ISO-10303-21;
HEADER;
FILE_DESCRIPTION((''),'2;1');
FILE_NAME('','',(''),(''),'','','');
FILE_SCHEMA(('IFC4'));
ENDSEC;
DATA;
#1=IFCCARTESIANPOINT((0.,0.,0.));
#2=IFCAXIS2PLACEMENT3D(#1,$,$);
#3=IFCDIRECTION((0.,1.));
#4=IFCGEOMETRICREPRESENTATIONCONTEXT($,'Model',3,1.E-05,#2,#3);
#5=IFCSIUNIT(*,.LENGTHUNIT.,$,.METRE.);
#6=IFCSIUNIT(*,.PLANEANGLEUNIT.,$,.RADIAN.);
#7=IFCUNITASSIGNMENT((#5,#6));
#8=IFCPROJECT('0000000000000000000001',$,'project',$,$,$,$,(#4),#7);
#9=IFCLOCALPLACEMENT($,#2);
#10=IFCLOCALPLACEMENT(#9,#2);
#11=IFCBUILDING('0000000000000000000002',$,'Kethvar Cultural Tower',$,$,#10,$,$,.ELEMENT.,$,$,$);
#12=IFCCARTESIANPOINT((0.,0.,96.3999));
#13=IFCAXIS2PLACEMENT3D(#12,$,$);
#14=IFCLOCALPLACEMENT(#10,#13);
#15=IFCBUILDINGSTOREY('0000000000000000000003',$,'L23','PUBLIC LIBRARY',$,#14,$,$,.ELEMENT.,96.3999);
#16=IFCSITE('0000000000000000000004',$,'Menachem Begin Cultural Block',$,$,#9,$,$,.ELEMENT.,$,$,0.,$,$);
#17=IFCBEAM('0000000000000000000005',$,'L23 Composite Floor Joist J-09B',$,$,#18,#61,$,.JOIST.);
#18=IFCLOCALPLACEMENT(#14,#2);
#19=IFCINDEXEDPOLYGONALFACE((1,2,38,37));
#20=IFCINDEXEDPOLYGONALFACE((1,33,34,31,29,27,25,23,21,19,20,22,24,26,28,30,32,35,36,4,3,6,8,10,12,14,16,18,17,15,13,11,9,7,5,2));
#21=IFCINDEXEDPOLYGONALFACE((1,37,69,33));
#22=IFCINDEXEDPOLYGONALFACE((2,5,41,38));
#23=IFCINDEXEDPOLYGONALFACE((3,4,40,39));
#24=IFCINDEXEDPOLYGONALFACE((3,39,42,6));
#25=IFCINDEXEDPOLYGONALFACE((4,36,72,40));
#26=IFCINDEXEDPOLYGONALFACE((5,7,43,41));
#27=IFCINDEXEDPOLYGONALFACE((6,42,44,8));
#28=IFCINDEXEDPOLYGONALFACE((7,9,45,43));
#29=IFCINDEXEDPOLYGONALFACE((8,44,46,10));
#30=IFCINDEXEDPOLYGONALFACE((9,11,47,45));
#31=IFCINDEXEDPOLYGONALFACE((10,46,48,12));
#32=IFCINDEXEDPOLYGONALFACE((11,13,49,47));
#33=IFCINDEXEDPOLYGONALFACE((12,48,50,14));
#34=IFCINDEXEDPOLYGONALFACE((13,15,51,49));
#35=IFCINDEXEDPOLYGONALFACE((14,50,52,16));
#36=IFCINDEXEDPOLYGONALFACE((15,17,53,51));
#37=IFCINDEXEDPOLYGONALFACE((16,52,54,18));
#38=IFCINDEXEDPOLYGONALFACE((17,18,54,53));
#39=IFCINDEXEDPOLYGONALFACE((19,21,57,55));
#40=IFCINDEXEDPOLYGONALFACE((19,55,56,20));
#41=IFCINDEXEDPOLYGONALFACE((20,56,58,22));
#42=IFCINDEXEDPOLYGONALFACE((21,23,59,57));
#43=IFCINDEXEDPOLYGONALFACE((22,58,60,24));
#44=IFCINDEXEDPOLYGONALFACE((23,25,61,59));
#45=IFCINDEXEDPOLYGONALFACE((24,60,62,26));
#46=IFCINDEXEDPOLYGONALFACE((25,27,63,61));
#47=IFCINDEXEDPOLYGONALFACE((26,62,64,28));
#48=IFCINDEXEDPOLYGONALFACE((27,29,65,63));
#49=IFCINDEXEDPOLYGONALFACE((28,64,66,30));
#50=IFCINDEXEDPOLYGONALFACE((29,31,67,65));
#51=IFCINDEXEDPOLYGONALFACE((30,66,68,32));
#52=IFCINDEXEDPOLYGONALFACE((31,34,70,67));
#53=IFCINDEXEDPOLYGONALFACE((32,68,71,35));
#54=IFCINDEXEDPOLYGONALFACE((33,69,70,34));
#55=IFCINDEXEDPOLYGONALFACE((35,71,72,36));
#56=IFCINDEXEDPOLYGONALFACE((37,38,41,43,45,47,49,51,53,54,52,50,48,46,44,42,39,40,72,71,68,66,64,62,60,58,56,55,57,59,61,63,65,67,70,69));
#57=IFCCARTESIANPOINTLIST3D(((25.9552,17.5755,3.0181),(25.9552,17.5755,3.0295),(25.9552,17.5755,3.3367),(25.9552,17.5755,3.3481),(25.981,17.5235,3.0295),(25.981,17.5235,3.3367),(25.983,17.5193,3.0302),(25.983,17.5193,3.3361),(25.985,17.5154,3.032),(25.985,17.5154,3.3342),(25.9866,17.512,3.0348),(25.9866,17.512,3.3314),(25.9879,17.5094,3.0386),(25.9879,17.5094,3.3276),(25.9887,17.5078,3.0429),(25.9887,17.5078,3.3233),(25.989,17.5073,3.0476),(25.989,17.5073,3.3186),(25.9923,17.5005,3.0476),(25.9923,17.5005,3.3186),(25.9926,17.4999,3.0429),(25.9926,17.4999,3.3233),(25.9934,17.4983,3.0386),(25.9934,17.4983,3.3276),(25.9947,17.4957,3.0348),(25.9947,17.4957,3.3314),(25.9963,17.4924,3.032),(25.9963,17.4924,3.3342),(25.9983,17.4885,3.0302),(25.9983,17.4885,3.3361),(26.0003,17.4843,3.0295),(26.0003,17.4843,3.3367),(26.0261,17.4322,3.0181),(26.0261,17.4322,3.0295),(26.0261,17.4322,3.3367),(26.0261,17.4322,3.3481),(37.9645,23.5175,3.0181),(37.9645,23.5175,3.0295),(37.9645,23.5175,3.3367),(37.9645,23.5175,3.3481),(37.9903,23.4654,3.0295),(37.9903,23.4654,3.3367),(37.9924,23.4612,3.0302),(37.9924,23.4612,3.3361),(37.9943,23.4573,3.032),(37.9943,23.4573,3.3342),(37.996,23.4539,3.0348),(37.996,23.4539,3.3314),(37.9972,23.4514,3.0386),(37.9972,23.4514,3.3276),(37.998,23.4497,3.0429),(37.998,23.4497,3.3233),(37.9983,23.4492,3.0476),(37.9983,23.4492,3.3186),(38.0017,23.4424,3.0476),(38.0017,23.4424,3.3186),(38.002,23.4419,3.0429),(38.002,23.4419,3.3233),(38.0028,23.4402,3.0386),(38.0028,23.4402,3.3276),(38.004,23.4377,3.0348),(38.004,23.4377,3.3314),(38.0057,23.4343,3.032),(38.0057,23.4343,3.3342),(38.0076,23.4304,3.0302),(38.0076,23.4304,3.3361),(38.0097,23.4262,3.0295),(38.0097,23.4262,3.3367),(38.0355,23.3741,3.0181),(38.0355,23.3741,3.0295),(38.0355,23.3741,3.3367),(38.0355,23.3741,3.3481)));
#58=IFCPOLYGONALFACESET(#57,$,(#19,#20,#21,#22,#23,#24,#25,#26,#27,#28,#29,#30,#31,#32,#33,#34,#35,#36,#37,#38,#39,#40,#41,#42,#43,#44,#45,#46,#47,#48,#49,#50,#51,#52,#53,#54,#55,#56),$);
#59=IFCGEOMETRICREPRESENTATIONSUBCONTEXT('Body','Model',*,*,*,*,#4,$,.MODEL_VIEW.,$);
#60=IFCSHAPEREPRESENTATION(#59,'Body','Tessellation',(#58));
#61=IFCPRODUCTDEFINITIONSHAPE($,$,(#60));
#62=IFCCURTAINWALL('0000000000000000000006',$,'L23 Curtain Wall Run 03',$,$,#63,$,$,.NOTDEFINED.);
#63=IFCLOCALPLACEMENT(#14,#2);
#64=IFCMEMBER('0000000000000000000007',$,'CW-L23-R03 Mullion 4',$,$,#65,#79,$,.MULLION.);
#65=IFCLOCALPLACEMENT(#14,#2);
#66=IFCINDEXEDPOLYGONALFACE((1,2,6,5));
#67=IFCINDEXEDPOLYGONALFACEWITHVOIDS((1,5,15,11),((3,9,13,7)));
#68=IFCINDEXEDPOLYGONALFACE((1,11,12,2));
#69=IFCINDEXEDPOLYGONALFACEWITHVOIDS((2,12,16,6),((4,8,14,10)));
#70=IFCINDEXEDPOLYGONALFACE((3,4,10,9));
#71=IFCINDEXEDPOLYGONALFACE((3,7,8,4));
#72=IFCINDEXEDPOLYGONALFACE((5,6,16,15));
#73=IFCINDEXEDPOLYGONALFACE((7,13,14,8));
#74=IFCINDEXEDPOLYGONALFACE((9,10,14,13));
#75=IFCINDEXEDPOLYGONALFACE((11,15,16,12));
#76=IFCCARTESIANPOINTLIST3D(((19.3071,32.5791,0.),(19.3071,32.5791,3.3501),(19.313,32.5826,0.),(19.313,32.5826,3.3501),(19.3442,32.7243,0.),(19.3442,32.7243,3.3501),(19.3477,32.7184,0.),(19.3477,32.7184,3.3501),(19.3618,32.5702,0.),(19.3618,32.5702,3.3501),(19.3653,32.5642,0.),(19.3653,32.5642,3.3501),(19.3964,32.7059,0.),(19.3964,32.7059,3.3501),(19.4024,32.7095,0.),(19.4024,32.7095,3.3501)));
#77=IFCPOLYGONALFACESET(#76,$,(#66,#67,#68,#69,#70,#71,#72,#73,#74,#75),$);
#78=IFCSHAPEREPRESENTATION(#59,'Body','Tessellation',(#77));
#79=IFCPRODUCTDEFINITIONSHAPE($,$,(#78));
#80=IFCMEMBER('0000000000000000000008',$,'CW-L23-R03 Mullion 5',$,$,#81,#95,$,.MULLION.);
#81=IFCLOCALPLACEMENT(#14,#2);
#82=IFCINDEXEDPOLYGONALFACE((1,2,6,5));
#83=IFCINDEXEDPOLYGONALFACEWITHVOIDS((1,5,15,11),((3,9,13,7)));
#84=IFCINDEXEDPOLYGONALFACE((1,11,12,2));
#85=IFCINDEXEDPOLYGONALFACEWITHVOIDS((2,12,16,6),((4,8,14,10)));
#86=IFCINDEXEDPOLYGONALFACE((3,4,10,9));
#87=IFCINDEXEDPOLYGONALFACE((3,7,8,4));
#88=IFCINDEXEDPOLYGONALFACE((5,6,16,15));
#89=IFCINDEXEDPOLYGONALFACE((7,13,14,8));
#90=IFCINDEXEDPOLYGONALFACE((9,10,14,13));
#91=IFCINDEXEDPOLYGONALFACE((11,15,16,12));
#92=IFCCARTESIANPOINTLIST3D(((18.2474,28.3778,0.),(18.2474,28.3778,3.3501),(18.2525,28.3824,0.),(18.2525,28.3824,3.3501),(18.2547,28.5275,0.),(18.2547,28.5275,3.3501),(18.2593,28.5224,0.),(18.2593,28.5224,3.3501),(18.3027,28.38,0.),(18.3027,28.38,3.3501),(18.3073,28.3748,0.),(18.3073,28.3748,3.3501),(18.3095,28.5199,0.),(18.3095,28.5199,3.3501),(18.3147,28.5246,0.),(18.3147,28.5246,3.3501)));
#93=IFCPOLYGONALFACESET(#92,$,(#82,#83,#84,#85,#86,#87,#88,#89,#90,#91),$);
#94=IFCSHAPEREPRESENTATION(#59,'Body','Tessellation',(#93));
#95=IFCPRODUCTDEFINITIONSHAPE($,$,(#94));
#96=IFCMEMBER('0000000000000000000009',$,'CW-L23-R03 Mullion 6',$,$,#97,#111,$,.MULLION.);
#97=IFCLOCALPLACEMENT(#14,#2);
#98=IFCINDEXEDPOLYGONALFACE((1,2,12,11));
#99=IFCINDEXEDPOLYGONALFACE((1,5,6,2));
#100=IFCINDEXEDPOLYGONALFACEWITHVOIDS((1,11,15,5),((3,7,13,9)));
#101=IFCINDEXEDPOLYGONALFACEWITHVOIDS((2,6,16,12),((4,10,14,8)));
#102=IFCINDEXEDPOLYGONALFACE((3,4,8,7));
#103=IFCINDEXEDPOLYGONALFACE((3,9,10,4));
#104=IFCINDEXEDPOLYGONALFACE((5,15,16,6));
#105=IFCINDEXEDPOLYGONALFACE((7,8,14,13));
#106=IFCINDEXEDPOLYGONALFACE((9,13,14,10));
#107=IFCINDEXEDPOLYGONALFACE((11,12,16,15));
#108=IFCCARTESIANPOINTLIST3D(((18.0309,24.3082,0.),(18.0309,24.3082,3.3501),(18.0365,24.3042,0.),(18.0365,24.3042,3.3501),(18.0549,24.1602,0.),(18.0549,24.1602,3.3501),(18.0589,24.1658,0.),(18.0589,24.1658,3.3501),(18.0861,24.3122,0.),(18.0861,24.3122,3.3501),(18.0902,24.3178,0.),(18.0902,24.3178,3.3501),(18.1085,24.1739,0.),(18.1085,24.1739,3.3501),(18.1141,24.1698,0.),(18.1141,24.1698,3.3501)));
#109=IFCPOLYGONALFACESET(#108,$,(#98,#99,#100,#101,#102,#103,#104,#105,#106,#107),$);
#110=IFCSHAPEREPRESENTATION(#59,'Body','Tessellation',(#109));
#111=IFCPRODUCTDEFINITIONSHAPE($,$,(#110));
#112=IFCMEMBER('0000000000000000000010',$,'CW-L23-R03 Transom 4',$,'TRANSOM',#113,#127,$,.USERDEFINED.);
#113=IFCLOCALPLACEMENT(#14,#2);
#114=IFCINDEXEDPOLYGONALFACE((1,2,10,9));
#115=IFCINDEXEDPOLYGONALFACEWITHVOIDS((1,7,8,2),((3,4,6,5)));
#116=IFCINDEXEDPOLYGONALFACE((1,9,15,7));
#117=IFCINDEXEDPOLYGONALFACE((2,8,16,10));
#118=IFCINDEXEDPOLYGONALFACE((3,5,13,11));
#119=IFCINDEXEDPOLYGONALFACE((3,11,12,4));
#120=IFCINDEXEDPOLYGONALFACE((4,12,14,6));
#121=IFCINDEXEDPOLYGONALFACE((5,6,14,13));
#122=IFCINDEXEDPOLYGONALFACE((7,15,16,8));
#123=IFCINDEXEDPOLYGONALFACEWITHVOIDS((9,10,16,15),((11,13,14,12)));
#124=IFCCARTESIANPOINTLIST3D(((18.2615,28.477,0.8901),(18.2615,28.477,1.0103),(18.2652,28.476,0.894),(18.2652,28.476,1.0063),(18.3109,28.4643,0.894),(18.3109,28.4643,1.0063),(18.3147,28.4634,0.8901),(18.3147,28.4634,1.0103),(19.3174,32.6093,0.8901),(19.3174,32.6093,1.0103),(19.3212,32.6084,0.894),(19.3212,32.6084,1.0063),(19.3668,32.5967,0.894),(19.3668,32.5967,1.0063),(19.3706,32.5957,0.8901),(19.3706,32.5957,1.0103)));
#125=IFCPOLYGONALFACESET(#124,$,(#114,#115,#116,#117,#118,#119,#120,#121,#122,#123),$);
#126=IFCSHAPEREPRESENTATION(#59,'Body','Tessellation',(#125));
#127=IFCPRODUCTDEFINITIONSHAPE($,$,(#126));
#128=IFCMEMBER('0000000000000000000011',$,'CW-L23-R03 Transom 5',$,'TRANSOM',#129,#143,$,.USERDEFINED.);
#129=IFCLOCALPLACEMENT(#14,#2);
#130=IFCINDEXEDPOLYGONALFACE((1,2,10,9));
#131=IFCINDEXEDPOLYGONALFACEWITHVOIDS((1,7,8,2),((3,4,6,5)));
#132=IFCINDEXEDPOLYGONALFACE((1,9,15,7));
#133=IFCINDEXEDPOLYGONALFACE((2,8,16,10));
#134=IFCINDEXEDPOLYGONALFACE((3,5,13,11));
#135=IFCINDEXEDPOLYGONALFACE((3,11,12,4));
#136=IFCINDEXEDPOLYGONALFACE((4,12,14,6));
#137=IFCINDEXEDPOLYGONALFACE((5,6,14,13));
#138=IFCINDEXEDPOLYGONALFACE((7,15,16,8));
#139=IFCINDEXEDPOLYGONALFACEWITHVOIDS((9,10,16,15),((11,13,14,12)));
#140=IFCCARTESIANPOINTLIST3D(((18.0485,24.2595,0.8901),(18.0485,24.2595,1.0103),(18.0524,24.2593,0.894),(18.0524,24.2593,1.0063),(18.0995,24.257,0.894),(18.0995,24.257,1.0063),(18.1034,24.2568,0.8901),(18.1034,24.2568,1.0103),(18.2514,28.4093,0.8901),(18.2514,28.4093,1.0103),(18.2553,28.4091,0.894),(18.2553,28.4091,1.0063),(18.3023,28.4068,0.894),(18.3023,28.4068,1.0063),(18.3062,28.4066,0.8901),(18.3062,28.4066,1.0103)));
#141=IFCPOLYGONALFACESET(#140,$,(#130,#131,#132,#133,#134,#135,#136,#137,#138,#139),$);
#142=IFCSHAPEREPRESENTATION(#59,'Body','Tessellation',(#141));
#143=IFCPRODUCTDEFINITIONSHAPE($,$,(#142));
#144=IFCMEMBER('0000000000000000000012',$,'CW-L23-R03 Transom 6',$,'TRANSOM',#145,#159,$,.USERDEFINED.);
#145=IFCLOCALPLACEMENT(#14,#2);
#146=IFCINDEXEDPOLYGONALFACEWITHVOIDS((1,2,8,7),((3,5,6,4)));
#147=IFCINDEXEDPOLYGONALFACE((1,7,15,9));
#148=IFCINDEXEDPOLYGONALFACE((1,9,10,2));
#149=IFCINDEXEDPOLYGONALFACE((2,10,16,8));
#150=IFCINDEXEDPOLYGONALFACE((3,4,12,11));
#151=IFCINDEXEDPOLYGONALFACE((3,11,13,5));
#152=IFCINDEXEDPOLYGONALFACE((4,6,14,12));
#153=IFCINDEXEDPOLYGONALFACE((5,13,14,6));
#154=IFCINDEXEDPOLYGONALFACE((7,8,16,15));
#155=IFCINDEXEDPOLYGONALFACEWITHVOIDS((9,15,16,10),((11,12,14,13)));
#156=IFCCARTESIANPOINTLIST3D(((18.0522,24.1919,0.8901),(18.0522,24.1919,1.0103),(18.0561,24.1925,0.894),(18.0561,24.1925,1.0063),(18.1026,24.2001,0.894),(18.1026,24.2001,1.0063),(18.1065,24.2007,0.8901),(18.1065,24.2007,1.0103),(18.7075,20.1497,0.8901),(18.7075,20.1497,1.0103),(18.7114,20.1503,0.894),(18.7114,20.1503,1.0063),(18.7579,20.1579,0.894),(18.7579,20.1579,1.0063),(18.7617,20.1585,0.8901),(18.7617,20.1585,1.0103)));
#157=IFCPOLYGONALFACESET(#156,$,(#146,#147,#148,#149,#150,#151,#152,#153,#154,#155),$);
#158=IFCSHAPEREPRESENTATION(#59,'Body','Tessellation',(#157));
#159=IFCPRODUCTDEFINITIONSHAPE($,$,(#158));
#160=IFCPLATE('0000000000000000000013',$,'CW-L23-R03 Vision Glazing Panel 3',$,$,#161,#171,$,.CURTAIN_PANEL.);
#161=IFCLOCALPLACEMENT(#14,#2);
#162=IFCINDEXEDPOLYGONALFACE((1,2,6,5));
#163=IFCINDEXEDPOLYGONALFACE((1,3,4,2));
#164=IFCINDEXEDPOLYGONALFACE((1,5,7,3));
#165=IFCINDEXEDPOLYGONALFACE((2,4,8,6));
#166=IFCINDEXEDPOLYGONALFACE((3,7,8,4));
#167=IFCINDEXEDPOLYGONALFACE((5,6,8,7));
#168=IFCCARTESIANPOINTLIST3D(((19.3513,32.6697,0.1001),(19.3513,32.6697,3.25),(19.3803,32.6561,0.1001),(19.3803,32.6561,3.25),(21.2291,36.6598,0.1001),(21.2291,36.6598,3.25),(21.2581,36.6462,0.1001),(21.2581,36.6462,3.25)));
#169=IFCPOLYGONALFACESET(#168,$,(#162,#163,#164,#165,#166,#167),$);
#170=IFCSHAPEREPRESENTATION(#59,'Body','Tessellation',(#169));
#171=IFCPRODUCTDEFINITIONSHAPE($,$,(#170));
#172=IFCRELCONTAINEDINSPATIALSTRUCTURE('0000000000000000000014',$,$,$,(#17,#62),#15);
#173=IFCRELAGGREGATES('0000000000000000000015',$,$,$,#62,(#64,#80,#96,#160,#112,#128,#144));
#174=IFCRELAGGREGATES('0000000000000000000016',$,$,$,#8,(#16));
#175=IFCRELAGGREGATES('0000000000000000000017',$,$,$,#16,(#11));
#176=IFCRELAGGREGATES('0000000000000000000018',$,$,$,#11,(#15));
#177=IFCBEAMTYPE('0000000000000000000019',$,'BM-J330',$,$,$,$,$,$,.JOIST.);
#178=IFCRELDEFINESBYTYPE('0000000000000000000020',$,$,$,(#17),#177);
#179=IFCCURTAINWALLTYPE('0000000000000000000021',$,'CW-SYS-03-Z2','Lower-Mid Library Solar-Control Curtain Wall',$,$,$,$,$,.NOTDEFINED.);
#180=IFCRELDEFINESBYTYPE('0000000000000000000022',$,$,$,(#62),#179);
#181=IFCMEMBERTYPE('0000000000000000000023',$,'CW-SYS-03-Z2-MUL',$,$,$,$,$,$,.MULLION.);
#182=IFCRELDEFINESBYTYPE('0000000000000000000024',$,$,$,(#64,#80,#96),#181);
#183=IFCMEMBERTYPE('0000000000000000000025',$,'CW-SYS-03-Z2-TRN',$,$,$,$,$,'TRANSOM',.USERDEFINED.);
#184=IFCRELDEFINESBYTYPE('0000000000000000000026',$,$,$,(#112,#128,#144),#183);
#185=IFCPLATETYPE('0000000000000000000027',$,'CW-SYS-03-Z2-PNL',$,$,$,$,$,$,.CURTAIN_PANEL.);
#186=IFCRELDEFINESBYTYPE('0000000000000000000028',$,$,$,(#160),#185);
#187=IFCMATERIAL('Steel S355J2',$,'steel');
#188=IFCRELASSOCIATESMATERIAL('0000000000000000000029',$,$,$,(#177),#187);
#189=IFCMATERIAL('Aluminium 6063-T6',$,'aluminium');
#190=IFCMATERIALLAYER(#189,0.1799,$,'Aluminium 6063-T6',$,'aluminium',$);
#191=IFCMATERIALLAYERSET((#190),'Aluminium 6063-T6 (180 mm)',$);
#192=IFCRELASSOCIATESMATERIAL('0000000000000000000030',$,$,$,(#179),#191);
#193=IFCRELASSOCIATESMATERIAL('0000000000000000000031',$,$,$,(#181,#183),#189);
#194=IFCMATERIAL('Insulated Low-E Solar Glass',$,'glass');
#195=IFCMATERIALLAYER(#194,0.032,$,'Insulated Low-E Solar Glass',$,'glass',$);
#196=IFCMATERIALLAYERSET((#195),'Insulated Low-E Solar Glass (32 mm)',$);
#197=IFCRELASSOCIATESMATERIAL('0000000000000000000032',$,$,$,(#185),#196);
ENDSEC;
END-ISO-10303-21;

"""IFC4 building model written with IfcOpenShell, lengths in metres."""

from ifc_helpers import new_model, si_unit, direction, frame, origin, origin_2d, place, context, subcontext, project, spatial, rectangle, hollow_rectangle, i_section, extrude, source, transform, mapped, material, layer, layer_set, material_profile, profile_set, type_object, element, aggregate, save


model = new_model("IFC4")

# Units and contexts
model_context = context("Model", 3, precision=1e-05, world=origin(), true_north=direction((0.0, 1.0)))
body_context = subcontext(model_context, "Body", "Model", "MODEL_VIEW")
ifc_project = project(units=[si_unit("LENGTHUNIT", "METRE"), si_unit("PLANEANGLEUNIT", "RADIAN")], contexts=[model_context])

# Site, building, storey
site_placement = place(None, origin())
site = spatial("IfcSite", under=ifc_project, at=site_placement, Name="Menachem Begin Cultural Block", CompositionType="ELEMENT", RefElevation=0.0)
building_placement = place(site_placement, origin())
building = spatial("IfcBuilding", under=site, at=building_placement, Name="Kethvar Cultural Tower", CompositionType="ELEMENT")
storey_placement = place(building_placement, frame((0.0, 0.0, 96.3999)))
storey = spatial("IfcBuildingStorey", under=building, at=storey_placement, Name="L23", Description="PUBLIC LIBRARY", CompositionType="ELEMENT", Elevation=96.3999)

# Beam
ifc_material_1 = material(Name="Steel S355J2", Category="steel")
ifc_material_profile_1 = material_profile(ifc_material_1, i_section(OverallWidth=0.1599, OverallDepth=0.3301, WebThickness=0.0076, FlangeThickness=0.0115, FilletRadius=0.0181, at=origin_2d()), Name="Steel S355J2 — IPE330")
ifc_profile_set_1 = profile_set([ifc_material_profile_1], Name="Steel S355J2 — IPE330")
beam_type_1 = type_object("IfcBeamType", Name="BM-J330", PredefinedType="JOIST", material=ifc_profile_set_1)
shared_shape_1 = source(origin(), body_context, "Body", "SweptSolid", [
    extrude(i_section(OverallWidth=0.1599, OverallDepth=0.3301, WebThickness=0.0076, FlangeThickness=0.0115, FilletRadius=0.0181, at=origin_2d()), origin(), (0.0, 0.0, 1.0), 13.3989),
])
beam_1_placement = place(storey_placement, frame((38.0, 23.4458, 3.1831), z_axis=(-0.896292, -0.443463, 0.0), x_axis=(0.443463, -0.896292, 0.0)))
element("IfcBeam", 1, at=beam_1_placement, inside=storey, type_object=beam_type_1, Name="L23 Composite Floor Joist J-09B", PredefinedType="JOIST", context=body_context, shape_type="MappedRepresentation", body=[
    mapped(shared_shape_1, transform((0.0, 0.0, 0.0), scale=1.0)),
])

# Curtain wall, members, plate
ifc_material_2 = material(Name="Aluminium 6063-T6", Category="aluminium")
ifc_layer_1 = layer(ifc_material_2, 0.1799, Name="Aluminium 6063-T6", Category="aluminium")
ifc_layer_set_1 = layer_set([ifc_layer_1], Name="Aluminium 6063-T6 (180 mm)")
curtain_wall_type = type_object("IfcCurtainWallType", Name="CW-SYS-03-Z2", Description="Lower-Mid Library Solar-Control Curtain Wall", PredefinedType="NOTDEFINED", material=ifc_layer_set_1)
curtain_wall_placement = place(storey_placement, origin())
curtain_wall = element("IfcCurtainWall", 2, at=curtain_wall_placement, inside=storey, type_object=curtain_wall_type, Name="L23 Curtain Wall Run 03", PredefinedType="NOTDEFINED")
ifc_material_profile_2 = material_profile(ifc_material_2, hollow_rectangle(XDim=0.0601, YDim=0.1499, WallThickness=0.0049, at=origin_2d()), Name="Aluminium 6063-T6 — RHS150x60x5")
ifc_profile_set_2 = profile_set([ifc_material_profile_2], Name="Aluminium 6063-T6 — RHS150x60x5")
member_type_1 = type_object("IfcMemberType", Name="CW-SYS-03-Z2-MUL", PredefinedType="MULLION", material=ifc_profile_set_2)
shared_shape_2 = source(origin(), body_context, "Body", "SweptSolid", [
    extrude(hollow_rectangle(XDim=0.0601, YDim=0.1499, WallThickness=0.0049, at=origin_2d()), origin(), (0.0, 0.0, 1.0), 3.3501),
])
member_1_placement = place(storey_placement, frame((19.3547, 32.6443, 0.0), z_axis=(0.0, 0.0, 1.0), x_axis=(0.968873, -0.247557, 0.0)))
member_1 = element("IfcMember", 3, at=member_1_placement, type_object=member_type_1, Name="CW-L23-R03 Mullion 4", PredefinedType="MULLION", context=body_context, shape_type="MappedRepresentation", body=[
    mapped(shared_shape_2, transform((0.0, 0.0, 0.0), scale=1.0)),
])
member_2_placement = place(storey_placement, frame((18.281, 28.4512, 0.0), z_axis=(0.0, 0.0, 1.0), x_axis=(0.998806, -0.04885, 0.0)))
member_2 = element("IfcMember", 4, at=member_2_placement, type_object=member_type_1, Name="CW-L23-R03 Mullion 5", PredefinedType="MULLION", context=body_context, shape_type="MappedRepresentation", body=[
    mapped(shared_shape_2, transform((0.0, 0.0, 0.0), scale=1.0)),
])
member_3_placement = place(storey_placement, frame((18.0725, 24.239, 0.0), z_axis=(0.0, 0.0, 1.0), x_axis=(0.987111, 0.160036, 0.0)))
member_3 = element("IfcMember", 5, at=member_3_placement, type_object=member_type_1, Name="CW-L23-R03 Mullion 6", PredefinedType="MULLION", context=body_context, shape_type="MappedRepresentation", body=[
    mapped(shared_shape_2, transform((0.0, 0.0, 0.0), scale=1.0)),
])
ifc_material_profile_3 = material_profile(ifc_material_2, hollow_rectangle(XDim=0.0549, YDim=0.1201, WallThickness=0.0039, at=origin_2d()), Name="Aluminium 6063-T6 — RHS120x55x4")
ifc_profile_set_3 = profile_set([ifc_material_profile_3], Name="Aluminium 6063-T6 — RHS120x55x4")
member_type_2 = type_object("IfcMemberType", Name="CW-SYS-03-Z2-TRN", ElementType="TRANSOM", PredefinedType="USERDEFINED", material=ifc_profile_set_3)
shared_shape_3 = source(origin(), body_context, "Body", "SweptSolid", [
    extrude(hollow_rectangle(XDim=0.0549, YDim=0.1201, WallThickness=0.0039, at=origin_2d()), origin(), (0.0, 0.0, 1.0), 4.2651),
])
member_4_placement = place(storey_placement, frame((19.344, 32.6025, 0.9502), z_axis=(-0.24757, -0.96887, 0.0), x_axis=(0.96887, -0.24757, 0.0)))
member_4 = element("IfcMember", 6, at=member_4_placement, type_object=member_type_2, Name="CW-L23-R03 Transom 4", ObjectType="TRANSOM", PredefinedType="USERDEFINED", context=body_context, shape_type="MappedRepresentation", body=[
    mapped(shared_shape_3, transform((0.0, 0.0, 0.0), scale=1.0)),
])
shared_shape_4 = source(origin(), body_context, "Body", "SweptSolid", [
    extrude(hollow_rectangle(XDim=0.0549, YDim=0.1201, WallThickness=0.0039, at=origin_2d()), origin(), (0.0, 0.0, 1.0), 4.1548),
])
member_5_placement = place(storey_placement, frame((18.2788, 28.408, 0.9502), z_axis=(-0.04883, -0.998807, 0.0), x_axis=(0.998807, -0.04883, 0.0)))
member_5 = element("IfcMember", 7, at=member_5_placement, type_object=member_type_2, Name="CW-L23-R03 Transom 5", ObjectType="TRANSOM", PredefinedType="USERDEFINED", context=body_context, shape_type="MappedRepresentation", body=[
    mapped(shared_shape_4, transform((0.0, 0.0, 0.0), scale=1.0)),
])
shared_shape_5 = source(origin(), body_context, "Body", "SweptSolid", [
    extrude(hollow_rectangle(XDim=0.0549, YDim=0.1201, WallThickness=0.0039, at=origin_2d()), origin(), (0.0, 0.0, 1.0), 4.095),
])
member_6_placement = place(storey_placement, frame((18.0793, 24.1963, 0.9502), z_axis=(0.160018, -0.987114, 0.0), x_axis=(0.987114, 0.160018, 0.0)))
member_6 = element("IfcMember", 8, at=member_6_placement, type_object=member_type_2, Name="CW-L23-R03 Transom 6", ObjectType="TRANSOM", PredefinedType="USERDEFINED", context=body_context, shape_type="MappedRepresentation", body=[
    mapped(shared_shape_5, transform((0.0, 0.0, 0.0), scale=1.0)),
])
ifc_material_3 = material(Name="Insulated Low-E Solar Glass", Category="glass")
ifc_layer_2 = layer(ifc_material_3, 0.032, Name="Insulated Low-E Solar Glass", Category="glass")
ifc_layer_set_2 = layer_set([ifc_layer_2], Name="Insulated Low-E Solar Glass (32 mm)")
plate_type = type_object("IfcPlateType", Name="CW-SYS-03-Z2-PNL", PredefinedType="CURTAIN_PANEL", material=ifc_layer_set_2)
shared_shape_6 = source(origin(), body_context, "Body", "SweptSolid", [
    extrude(rectangle(XDim=4.4099, YDim=0.032, at=origin_2d()), origin(), (0.0, 0.0, 1.0), 3.1499),
])
plate_1_placement = place(storey_placement, frame((20.3047, 34.658, 0.1001), z_axis=(0.0, 0.0, 1.0), x_axis=(-0.425811, -0.904812, 0.0)))
plate_1 = element("IfcPlate", 9, at=plate_1_placement, type_object=plate_type, Name="CW-L23-R03 Vision Glazing Panel 3", PredefinedType="CURTAIN_PANEL", context=body_context, shape_type="MappedRepresentation", body=[
    mapped(shared_shape_6, transform((0.0, 0.0, 0.0), scale=1.0)),
])
aggregate(curtain_wall, [member_1, member_2, member_3, plate_1, member_4, member_5, member_6])

save(model, "model.ifc")
